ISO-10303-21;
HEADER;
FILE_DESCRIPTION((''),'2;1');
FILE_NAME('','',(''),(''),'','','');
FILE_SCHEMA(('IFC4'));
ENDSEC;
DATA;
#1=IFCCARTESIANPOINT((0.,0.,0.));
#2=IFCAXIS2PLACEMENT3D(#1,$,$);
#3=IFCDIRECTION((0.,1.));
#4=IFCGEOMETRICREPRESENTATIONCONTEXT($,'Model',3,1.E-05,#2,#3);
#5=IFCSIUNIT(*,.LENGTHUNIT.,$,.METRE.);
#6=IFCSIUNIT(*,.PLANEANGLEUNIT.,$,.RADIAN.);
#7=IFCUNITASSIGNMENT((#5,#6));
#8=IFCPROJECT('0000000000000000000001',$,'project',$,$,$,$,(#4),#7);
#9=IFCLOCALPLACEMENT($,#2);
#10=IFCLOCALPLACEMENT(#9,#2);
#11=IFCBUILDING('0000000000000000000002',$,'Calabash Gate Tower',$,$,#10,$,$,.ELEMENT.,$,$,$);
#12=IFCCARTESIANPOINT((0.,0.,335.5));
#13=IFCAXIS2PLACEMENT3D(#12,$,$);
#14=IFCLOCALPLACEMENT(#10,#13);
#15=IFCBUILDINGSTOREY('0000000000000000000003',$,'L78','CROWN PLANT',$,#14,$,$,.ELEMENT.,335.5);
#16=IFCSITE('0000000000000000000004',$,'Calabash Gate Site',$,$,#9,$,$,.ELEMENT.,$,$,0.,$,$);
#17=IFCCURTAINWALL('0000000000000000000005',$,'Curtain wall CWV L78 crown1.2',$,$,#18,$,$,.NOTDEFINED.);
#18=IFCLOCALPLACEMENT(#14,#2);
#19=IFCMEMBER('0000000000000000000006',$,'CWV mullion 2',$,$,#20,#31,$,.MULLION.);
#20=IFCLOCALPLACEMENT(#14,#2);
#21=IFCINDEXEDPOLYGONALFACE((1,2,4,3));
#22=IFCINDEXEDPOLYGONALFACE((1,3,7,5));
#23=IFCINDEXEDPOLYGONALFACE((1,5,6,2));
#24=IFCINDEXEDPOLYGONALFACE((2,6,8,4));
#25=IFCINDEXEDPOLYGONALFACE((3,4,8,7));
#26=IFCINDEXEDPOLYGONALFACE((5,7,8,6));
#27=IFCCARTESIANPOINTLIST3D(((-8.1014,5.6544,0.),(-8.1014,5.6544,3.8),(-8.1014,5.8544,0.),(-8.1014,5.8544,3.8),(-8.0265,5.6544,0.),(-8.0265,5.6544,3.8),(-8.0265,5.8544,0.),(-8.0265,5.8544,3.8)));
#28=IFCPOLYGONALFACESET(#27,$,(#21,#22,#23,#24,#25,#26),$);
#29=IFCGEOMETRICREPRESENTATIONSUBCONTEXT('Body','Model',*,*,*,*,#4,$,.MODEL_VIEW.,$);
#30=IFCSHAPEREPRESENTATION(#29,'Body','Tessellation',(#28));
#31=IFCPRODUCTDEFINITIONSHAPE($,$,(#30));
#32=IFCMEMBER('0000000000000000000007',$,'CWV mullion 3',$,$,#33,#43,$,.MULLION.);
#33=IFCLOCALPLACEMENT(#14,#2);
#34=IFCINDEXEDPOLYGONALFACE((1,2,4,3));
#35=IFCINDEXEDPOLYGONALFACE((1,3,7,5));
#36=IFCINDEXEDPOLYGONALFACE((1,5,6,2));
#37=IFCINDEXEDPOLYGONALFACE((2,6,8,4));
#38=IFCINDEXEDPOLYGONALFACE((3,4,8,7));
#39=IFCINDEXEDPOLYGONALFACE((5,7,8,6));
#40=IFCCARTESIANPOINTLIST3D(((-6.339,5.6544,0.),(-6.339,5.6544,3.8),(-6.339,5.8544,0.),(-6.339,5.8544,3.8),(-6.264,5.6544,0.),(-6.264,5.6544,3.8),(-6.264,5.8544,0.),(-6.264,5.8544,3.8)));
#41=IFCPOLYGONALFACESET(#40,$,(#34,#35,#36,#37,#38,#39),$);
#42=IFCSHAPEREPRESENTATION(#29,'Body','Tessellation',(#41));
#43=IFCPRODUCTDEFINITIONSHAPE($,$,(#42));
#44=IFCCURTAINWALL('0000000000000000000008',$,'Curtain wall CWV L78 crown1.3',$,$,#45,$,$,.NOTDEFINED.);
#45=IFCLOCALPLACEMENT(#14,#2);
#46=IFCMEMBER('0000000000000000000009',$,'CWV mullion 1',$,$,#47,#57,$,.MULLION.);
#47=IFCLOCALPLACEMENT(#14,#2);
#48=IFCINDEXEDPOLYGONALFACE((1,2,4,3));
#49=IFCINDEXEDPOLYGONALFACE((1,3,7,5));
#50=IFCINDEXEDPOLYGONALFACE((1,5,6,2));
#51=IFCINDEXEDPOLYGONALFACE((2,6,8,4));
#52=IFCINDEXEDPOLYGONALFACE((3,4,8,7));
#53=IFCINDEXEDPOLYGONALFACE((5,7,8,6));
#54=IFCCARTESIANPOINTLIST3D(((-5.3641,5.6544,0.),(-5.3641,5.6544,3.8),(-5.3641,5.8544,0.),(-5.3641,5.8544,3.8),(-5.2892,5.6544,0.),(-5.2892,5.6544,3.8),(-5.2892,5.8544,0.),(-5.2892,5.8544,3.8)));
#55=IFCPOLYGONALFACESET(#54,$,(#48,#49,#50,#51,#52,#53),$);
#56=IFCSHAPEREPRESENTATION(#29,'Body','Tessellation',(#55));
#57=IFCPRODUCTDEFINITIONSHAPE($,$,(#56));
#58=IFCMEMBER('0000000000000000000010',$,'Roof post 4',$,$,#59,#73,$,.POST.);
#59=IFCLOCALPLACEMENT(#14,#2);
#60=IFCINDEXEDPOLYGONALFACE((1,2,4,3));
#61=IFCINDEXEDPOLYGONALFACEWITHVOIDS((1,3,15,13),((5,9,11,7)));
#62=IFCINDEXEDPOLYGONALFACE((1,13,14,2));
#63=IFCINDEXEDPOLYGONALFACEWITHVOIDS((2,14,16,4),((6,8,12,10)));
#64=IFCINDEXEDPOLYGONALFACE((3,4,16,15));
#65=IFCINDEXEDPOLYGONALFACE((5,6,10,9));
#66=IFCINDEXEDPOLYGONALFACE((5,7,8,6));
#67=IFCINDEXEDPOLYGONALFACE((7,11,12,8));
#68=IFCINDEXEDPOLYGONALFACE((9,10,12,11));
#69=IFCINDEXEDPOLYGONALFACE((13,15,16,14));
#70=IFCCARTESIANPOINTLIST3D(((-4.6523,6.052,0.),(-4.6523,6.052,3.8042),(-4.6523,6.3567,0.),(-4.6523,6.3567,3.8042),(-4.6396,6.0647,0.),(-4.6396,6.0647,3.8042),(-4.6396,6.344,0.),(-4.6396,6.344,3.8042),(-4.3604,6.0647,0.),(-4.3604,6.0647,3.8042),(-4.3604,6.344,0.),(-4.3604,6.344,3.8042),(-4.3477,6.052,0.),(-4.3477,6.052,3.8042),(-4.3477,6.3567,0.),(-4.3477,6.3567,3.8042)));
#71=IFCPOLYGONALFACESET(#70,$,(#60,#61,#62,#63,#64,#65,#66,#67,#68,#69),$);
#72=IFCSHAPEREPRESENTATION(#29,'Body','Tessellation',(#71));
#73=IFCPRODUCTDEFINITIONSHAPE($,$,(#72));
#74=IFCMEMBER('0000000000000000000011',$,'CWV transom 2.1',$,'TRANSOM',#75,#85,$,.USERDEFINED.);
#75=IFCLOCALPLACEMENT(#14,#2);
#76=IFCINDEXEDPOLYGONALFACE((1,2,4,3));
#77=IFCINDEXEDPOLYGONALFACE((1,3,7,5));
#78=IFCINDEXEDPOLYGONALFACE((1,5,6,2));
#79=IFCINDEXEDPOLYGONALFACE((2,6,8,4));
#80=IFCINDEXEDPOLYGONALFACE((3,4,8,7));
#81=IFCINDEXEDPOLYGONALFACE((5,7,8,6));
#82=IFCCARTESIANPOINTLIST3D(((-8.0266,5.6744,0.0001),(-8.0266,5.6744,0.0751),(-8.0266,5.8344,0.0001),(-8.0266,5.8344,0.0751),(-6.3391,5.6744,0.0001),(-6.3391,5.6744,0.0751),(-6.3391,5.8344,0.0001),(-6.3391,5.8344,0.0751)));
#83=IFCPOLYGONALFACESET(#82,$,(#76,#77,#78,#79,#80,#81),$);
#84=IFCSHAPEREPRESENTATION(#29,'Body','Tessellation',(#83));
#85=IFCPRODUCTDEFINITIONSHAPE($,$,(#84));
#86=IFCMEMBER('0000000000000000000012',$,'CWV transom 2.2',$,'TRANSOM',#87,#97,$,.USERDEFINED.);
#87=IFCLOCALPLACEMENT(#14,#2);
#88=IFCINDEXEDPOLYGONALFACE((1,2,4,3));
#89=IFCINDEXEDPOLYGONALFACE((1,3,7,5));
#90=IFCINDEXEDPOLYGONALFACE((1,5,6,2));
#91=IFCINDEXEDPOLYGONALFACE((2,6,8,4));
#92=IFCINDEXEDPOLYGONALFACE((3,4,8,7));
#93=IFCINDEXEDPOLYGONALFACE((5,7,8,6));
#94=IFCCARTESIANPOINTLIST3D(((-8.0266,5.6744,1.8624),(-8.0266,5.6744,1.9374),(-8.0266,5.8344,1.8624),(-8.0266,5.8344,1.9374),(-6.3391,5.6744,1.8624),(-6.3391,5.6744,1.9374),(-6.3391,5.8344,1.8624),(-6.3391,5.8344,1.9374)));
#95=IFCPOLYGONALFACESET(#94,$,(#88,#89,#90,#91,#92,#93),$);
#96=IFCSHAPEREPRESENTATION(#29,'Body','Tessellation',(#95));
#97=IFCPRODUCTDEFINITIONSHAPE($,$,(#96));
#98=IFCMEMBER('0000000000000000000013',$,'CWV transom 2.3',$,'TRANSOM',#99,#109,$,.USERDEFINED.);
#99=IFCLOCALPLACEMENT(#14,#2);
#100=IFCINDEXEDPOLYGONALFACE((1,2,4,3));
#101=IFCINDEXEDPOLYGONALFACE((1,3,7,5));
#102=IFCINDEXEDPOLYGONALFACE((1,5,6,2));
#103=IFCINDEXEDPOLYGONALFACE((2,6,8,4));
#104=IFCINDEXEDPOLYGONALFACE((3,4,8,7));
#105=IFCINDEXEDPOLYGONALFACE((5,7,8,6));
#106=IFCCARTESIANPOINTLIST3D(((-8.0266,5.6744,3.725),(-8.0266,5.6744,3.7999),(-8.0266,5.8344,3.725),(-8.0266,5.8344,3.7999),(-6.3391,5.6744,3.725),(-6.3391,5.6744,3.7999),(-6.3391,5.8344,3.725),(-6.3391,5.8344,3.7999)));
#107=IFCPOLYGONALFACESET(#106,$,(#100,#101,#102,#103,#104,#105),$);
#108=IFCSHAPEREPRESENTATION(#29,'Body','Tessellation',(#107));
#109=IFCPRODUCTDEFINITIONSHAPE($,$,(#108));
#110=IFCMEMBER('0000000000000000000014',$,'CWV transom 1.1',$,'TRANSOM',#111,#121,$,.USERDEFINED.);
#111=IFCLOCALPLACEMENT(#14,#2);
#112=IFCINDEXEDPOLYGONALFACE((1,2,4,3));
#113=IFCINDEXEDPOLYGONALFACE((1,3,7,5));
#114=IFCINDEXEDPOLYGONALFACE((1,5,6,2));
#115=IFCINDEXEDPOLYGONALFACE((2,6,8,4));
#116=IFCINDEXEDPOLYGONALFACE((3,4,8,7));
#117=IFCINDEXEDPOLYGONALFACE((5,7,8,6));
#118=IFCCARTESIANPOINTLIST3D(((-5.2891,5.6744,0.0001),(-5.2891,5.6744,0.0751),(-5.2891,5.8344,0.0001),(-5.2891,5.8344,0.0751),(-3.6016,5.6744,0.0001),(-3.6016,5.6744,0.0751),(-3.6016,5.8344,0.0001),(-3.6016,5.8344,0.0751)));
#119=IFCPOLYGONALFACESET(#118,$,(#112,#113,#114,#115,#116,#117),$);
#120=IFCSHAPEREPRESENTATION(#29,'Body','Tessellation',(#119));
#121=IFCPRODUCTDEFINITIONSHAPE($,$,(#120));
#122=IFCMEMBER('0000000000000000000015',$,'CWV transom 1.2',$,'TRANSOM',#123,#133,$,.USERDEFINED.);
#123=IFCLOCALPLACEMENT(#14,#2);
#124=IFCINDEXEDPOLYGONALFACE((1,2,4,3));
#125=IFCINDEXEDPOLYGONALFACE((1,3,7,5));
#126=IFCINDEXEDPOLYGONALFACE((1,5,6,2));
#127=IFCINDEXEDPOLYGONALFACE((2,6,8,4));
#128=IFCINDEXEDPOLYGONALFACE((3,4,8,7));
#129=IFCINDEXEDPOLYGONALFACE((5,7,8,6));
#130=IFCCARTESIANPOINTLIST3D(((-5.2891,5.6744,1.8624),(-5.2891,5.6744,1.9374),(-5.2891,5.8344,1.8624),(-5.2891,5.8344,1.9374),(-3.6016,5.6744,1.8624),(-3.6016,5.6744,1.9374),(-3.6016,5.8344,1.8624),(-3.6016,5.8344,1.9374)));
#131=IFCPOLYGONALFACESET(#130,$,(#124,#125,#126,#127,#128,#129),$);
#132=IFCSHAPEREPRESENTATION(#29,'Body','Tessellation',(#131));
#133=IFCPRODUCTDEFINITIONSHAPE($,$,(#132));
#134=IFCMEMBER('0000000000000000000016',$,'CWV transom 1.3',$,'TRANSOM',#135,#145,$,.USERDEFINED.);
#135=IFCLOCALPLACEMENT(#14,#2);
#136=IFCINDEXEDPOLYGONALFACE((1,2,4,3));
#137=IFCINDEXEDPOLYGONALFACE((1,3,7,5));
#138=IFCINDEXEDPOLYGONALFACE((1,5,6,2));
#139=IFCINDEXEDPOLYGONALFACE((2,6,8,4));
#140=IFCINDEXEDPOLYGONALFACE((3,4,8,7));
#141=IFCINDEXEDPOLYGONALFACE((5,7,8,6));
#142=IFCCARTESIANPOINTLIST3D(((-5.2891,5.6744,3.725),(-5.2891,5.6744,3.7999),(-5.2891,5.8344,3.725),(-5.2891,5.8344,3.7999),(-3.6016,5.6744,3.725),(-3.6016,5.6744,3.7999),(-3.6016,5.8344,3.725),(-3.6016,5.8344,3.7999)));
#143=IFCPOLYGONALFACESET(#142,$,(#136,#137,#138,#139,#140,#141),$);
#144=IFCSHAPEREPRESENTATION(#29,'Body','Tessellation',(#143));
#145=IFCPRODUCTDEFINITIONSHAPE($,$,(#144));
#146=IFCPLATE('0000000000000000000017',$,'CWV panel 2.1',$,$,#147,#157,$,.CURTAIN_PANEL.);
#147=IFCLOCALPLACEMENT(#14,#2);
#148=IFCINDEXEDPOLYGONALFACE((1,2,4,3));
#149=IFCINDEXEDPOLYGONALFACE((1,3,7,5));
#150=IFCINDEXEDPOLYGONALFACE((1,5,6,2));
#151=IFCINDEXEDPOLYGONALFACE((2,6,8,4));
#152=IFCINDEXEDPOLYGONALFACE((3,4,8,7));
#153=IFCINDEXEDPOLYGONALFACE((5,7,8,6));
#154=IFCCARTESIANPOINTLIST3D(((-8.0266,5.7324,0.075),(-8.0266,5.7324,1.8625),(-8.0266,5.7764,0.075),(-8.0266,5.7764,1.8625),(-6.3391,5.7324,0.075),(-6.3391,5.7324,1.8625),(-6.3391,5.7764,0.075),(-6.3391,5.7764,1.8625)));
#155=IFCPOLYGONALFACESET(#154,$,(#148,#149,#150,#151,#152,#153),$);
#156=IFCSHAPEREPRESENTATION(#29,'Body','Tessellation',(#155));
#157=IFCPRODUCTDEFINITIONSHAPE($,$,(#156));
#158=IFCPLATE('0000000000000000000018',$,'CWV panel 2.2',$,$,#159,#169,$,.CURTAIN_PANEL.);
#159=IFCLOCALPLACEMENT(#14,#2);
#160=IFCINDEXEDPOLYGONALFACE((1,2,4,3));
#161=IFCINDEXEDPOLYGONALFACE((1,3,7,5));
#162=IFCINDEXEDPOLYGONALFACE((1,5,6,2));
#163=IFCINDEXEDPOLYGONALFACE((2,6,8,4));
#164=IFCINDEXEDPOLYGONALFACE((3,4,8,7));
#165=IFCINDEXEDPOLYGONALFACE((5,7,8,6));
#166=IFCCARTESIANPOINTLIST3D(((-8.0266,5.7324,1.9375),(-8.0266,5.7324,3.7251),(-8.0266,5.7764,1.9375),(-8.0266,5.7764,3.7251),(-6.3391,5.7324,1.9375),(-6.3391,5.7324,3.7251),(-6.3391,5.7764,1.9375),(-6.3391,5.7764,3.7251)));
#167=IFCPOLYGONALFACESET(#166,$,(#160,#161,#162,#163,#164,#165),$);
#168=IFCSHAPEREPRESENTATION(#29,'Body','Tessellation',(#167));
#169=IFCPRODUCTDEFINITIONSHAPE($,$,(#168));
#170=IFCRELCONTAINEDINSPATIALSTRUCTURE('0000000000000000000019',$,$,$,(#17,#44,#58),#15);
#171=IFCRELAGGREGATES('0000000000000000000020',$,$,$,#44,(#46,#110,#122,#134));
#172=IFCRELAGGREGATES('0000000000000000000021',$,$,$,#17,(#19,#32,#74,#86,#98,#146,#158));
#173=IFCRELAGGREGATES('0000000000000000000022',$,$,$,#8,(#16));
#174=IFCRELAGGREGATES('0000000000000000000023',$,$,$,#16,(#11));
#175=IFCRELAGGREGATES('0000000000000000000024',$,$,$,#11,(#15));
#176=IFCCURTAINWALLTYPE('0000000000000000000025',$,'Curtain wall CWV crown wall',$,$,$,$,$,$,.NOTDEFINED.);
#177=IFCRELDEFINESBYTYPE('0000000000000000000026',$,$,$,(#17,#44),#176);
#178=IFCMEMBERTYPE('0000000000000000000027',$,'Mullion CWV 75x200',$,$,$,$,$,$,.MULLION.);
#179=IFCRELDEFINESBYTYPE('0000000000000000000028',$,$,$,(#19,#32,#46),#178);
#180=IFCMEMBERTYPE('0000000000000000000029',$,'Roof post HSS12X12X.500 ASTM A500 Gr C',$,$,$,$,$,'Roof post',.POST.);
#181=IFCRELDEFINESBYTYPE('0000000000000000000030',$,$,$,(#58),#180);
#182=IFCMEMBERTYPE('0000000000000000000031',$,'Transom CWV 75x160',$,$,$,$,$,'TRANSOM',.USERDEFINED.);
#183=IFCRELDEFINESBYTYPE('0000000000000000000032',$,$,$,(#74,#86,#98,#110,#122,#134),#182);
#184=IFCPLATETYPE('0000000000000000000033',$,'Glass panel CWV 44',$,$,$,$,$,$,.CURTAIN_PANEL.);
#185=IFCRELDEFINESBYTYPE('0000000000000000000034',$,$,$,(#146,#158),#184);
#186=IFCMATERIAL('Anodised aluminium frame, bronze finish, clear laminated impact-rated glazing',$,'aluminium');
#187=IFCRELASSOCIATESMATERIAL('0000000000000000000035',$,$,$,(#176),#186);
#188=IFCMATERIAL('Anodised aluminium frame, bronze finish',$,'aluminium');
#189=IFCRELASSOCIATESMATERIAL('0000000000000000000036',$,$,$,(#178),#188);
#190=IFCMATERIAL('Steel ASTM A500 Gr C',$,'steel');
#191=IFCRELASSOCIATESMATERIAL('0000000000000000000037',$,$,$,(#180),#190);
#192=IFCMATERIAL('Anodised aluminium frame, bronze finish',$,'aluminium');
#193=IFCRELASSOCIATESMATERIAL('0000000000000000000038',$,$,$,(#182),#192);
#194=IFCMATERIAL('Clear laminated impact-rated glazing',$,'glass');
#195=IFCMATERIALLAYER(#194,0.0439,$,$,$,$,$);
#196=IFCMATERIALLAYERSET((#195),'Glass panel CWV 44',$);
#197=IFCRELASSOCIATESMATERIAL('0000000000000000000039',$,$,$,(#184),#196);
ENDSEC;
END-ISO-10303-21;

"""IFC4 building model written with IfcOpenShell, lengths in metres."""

from ifc_helpers import new_model, si_unit, direction, frame, origin, origin_2d, place, context, subcontext, project, spatial, rectangle, hollow_rectangle, extrude, material, layer, layer_set, material_profile, profile_set, type_object, element, aggregate, save


model = new_model("IFC4")

# Units and contexts
model_context = context("Model", 3, precision=1e-05, world=origin(), true_north=direction((0.0, 1.0)))
body_context = subcontext(model_context, "Body", "Model", "MODEL_VIEW")
ifc_project = project(units=[si_unit("LENGTHUNIT", "METRE"), si_unit("PLANEANGLEUNIT", "RADIAN")], contexts=[model_context])

# Site, building, storey
site_placement = place(None, origin())
site = spatial("IfcSite", under=ifc_project, at=site_placement, Name="Calabash Gate Site", CompositionType="ELEMENT", RefElevation=0.0)
building_placement = place(site_placement, origin())
building = spatial("IfcBuilding", under=site, at=building_placement, Name="Calabash Gate Tower", CompositionType="ELEMENT")
storey_placement = place(building_placement, frame((0.0, 0.0, 335.5)))
storey = spatial("IfcBuildingStorey", under=building, at=storey_placement, Name="L78", Description="CROWN PLANT", CompositionType="ELEMENT", Elevation=335.5)

# Curtain wall, members
ifc_material_1 = material(Name="Anodised aluminium frame, bronze finish, clear laminated impact-rated glazing", Category="aluminium")
curtain_wall_type = type_object("IfcCurtainWallType", Name="Curtain wall CWV crown wall", PredefinedType="NOTDEFINED", material=ifc_material_1)
curtain_wall_1_placement = place(storey_placement, origin())
curtain_wall_1 = element("IfcCurtainWall", 1, at=curtain_wall_1_placement, inside=storey, type_object=curtain_wall_type, Name="Curtain wall CWV L78 crown1.2", PredefinedType="NOTDEFINED")
ifc_material_2 = material(Name="Anodised aluminium frame, bronze finish", Category="aluminium")
ifc_material_profile_1 = material_profile(ifc_material_2, rectangle(XDim=0.2, YDim=0.075, at=origin_2d()))
ifc_profile_set_1 = profile_set([ifc_material_profile_1], Name="Anodised aluminium frame, bronze finish")
member_type_1 = type_object("IfcMemberType", Name="Mullion CWV 75x200", PredefinedType="MULLION", material=ifc_profile_set_1)
member_1_placement = place(storey_placement, frame((-8.064, 5.7544, 0.0), z_axis=(0.0, 0.0, 1.0), x_axis=(0.0, 1.0, 0.0)))
member_1 = element("IfcMember", 2, at=member_1_placement, type_object=member_type_1, Name="CWV mullion 2", PredefinedType="MULLION", context=body_context, shape_type="SweptSolid", body=[
    extrude(rectangle(XDim=0.2, YDim=0.075, at=origin_2d()), origin(), (0.0, 0.0, 1.0), 3.8),
])
member_2_placement = place(storey_placement, frame((-6.3015, 5.7544, 0.0), z_axis=(0.0, 0.0, 1.0), x_axis=(0.0, 1.0, 0.0)))
member_2 = element("IfcMember", 3, at=member_2_placement, type_object=member_type_1, Name="CWV mullion 3", PredefinedType="MULLION", context=body_context, shape_type="SweptSolid", body=[
    extrude(rectangle(XDim=0.2, YDim=0.075, at=origin_2d()), origin(), (0.0, 0.0, 1.0), 3.8),
])

# Curtain wall, member
curtain_wall_2_placement = place(storey_placement, origin())
curtain_wall_2 = element("IfcCurtainWall", 4, at=curtain_wall_2_placement, inside=storey, type_object=curtain_wall_type, Name="Curtain wall CWV L78 crown1.3", PredefinedType="NOTDEFINED")
member_3_placement = place(storey_placement, frame((-5.3267, 5.7544, 0.0), z_axis=(0.0, 0.0, 1.0), x_axis=(0.0, 1.0, 0.0)))
member_3 = element("IfcMember", 5, at=member_3_placement, type_object=member_type_1, Name="CWV mullion 1", PredefinedType="MULLION", context=body_context, shape_type="SweptSolid", body=[
    extrude(rectangle(XDim=0.2, YDim=0.075, at=origin_2d()), origin(), (0.0, 0.0, 1.0), 3.8),
])

# Members
ifc_material_3 = material(Name="Steel ASTM A500 Gr C", Category="steel")
ifc_material_profile_2 = material_profile(ifc_material_3, hollow_rectangle(XDim=0.3047, YDim=0.3047, WallThickness=0.0127, at=origin_2d()))
ifc_profile_set_2 = profile_set([ifc_material_profile_2], Name="Steel ASTM A500 Gr C")
member_type_2 = type_object("IfcMemberType", Name="Roof post HSS12X12X.500 ASTM A500 Gr C", ElementType="Roof post", PredefinedType="POST", material=ifc_profile_set_2)
member_4_placement = place(storey_placement, frame((-4.5, 6.2043, 0.0), z_axis=(0.0, 0.0, 1.0), x_axis=(1.0, 0.0, 0.0)))
element("IfcMember", 6, at=member_4_placement, inside=storey, type_object=member_type_2, Name="Roof post 4", PredefinedType="POST", context=body_context, shape_type="SweptSolid", body=[
    extrude(hollow_rectangle(XDim=0.3047, YDim=0.3047, WallThickness=0.0127, at=origin_2d()), origin(), (0.0, 0.0, 1.0), 3.8042),
])
ifc_material_4 = material(Name="Anodised aluminium frame, bronze finish", Category="aluminium")
ifc_material_profile_3 = material_profile(ifc_material_4, rectangle(XDim=0.1599, YDim=0.075, at=origin_2d()))
ifc_profile_set_3 = profile_set([ifc_material_profile_3], Name="Anodised aluminium frame, bronze finish")
member_type_3 = type_object("IfcMemberType", Name="Transom CWV 75x160", ElementType="TRANSOM", PredefinedType="USERDEFINED", material=ifc_profile_set_3)
member_5_placement = place(storey_placement, frame((-8.0266, 5.7544, 0.0376), z_axis=(1.0, 0.0, 0.0), x_axis=(0.0, 1.0, 0.0)))
member_5 = element("IfcMember", 7, at=member_5_placement, type_object=member_type_3, Name="CWV transom 2.1", ObjectType="TRANSOM", PredefinedType="USERDEFINED", context=body_context, shape_type="SweptSolid", body=[
    extrude(rectangle(XDim=0.1599, YDim=0.075, at=origin_2d()), origin(), (0.0, 0.0, 1.0), 1.6875),
])
member_6_placement = place(storey_placement, frame((-8.0266, 5.7544, 1.8999), z_axis=(1.0, 0.0, 0.0), x_axis=(0.0, 1.0, 0.0)))
member_6 = element("IfcMember", 8, at=member_6_placement, type_object=member_type_3, Name="CWV transom 2.2", ObjectType="TRANSOM", PredefinedType="USERDEFINED", context=body_context, shape_type="SweptSolid", body=[
    extrude(rectangle(XDim=0.1599, YDim=0.075, at=origin_2d()), origin(), (0.0, 0.0, 1.0), 1.6875),
])
member_7_placement = place(storey_placement, frame((-8.0266, 5.7544, 3.7625), z_axis=(1.0, 0.0, 0.0), x_axis=(0.0, 1.0, 0.0)))
member_7 = element("IfcMember", 9, at=member_7_placement, type_object=member_type_3, Name="CWV transom 2.3", ObjectType="TRANSOM", PredefinedType="USERDEFINED", context=body_context, shape_type="SweptSolid", body=[
    extrude(rectangle(XDim=0.1599, YDim=0.075, at=origin_2d()), origin(), (0.0, 0.0, 1.0), 1.6875),
])
member_8_placement = place(storey_placement, frame((-5.2891, 5.7544, 0.0376), z_axis=(1.0, 0.0, 0.0), x_axis=(0.0, 1.0, 0.0)))
member_8 = element("IfcMember", 10, at=member_8_placement, type_object=member_type_3, Name="CWV transom 1.1", ObjectType="TRANSOM", PredefinedType="USERDEFINED", context=body_context, shape_type="SweptSolid", body=[
    extrude(rectangle(XDim=0.1599, YDim=0.075, at=origin_2d()), origin(), (0.0, 0.0, 1.0), 1.6875),
])
member_9_placement = place(storey_placement, frame((-5.2891, 5.7544, 1.8999), z_axis=(1.0, 0.0, 0.0), x_axis=(0.0, 1.0, 0.0)))
member_9 = element("IfcMember", 11, at=member_9_placement, type_object=member_type_3, Name="CWV transom 1.2", ObjectType="TRANSOM", PredefinedType="USERDEFINED", context=body_context, shape_type="SweptSolid", body=[
    extrude(rectangle(XDim=0.1599, YDim=0.075, at=origin_2d()), origin(), (0.0, 0.0, 1.0), 1.6875),
])
member_10_placement = place(storey_placement, frame((-5.2891, 5.7544, 3.7625), z_axis=(1.0, 0.0, 0.0), x_axis=(0.0, 1.0, 0.0)))
member_10 = element("IfcMember", 12, at=member_10_placement, type_object=member_type_3, Name="CWV transom 1.3", ObjectType="TRANSOM", PredefinedType="USERDEFINED", context=body_context, shape_type="SweptSolid", body=[
    extrude(rectangle(XDim=0.1599, YDim=0.075, at=origin_2d()), origin(), (0.0, 0.0, 1.0), 1.6875),
])
aggregate(curtain_wall_2, [member_3, member_8, member_9, member_10])

# Plates
ifc_material_5 = material(Name="Clear laminated impact-rated glazing", Category="glass")
ifc_layer_1 = layer(ifc_material_5, 0.0439)
ifc_layer_set_1 = layer_set([ifc_layer_1], Name="Glass panel CWV 44")
plate_type = type_object("IfcPlateType", Name="Glass panel CWV 44", PredefinedType="CURTAIN_PANEL", material=ifc_layer_set_1)
plate_1_placement = place(storey_placement, frame((-7.1829, 5.7544, 0.075), z_axis=(0.0, 0.0, 1.0), x_axis=(1.0, 0.0, 0.0)))
plate_1 = element("IfcPlate", 13, at=plate_1_placement, type_object=plate_type, Name="CWV panel 2.1", PredefinedType="CURTAIN_PANEL", context=body_context, shape_type="SweptSolid", body=[
    extrude(rectangle(XDim=1.6875, YDim=0.0439, at=origin_2d()), origin(), (0.0, 0.0, 1.0), 1.7876),
])
plate_2_placement = place(storey_placement, frame((-7.1829, 5.7544, 1.9375), z_axis=(0.0, 0.0, 1.0), x_axis=(1.0, 0.0, 0.0)))
plate_2 = element("IfcPlate", 14, at=plate_2_placement, type_object=plate_type, Name="CWV panel 2.2", PredefinedType="CURTAIN_PANEL", context=body_context, shape_type="SweptSolid", body=[
    extrude(rectangle(XDim=1.6875, YDim=0.0439, at=origin_2d()), origin(), (0.0, 0.0, 1.0), 1.7876),
])
aggregate(curtain_wall_1, [member_1, member_2, member_5, member_6, member_7, plate_1, plate_2])

save(model, "model.ifc")
